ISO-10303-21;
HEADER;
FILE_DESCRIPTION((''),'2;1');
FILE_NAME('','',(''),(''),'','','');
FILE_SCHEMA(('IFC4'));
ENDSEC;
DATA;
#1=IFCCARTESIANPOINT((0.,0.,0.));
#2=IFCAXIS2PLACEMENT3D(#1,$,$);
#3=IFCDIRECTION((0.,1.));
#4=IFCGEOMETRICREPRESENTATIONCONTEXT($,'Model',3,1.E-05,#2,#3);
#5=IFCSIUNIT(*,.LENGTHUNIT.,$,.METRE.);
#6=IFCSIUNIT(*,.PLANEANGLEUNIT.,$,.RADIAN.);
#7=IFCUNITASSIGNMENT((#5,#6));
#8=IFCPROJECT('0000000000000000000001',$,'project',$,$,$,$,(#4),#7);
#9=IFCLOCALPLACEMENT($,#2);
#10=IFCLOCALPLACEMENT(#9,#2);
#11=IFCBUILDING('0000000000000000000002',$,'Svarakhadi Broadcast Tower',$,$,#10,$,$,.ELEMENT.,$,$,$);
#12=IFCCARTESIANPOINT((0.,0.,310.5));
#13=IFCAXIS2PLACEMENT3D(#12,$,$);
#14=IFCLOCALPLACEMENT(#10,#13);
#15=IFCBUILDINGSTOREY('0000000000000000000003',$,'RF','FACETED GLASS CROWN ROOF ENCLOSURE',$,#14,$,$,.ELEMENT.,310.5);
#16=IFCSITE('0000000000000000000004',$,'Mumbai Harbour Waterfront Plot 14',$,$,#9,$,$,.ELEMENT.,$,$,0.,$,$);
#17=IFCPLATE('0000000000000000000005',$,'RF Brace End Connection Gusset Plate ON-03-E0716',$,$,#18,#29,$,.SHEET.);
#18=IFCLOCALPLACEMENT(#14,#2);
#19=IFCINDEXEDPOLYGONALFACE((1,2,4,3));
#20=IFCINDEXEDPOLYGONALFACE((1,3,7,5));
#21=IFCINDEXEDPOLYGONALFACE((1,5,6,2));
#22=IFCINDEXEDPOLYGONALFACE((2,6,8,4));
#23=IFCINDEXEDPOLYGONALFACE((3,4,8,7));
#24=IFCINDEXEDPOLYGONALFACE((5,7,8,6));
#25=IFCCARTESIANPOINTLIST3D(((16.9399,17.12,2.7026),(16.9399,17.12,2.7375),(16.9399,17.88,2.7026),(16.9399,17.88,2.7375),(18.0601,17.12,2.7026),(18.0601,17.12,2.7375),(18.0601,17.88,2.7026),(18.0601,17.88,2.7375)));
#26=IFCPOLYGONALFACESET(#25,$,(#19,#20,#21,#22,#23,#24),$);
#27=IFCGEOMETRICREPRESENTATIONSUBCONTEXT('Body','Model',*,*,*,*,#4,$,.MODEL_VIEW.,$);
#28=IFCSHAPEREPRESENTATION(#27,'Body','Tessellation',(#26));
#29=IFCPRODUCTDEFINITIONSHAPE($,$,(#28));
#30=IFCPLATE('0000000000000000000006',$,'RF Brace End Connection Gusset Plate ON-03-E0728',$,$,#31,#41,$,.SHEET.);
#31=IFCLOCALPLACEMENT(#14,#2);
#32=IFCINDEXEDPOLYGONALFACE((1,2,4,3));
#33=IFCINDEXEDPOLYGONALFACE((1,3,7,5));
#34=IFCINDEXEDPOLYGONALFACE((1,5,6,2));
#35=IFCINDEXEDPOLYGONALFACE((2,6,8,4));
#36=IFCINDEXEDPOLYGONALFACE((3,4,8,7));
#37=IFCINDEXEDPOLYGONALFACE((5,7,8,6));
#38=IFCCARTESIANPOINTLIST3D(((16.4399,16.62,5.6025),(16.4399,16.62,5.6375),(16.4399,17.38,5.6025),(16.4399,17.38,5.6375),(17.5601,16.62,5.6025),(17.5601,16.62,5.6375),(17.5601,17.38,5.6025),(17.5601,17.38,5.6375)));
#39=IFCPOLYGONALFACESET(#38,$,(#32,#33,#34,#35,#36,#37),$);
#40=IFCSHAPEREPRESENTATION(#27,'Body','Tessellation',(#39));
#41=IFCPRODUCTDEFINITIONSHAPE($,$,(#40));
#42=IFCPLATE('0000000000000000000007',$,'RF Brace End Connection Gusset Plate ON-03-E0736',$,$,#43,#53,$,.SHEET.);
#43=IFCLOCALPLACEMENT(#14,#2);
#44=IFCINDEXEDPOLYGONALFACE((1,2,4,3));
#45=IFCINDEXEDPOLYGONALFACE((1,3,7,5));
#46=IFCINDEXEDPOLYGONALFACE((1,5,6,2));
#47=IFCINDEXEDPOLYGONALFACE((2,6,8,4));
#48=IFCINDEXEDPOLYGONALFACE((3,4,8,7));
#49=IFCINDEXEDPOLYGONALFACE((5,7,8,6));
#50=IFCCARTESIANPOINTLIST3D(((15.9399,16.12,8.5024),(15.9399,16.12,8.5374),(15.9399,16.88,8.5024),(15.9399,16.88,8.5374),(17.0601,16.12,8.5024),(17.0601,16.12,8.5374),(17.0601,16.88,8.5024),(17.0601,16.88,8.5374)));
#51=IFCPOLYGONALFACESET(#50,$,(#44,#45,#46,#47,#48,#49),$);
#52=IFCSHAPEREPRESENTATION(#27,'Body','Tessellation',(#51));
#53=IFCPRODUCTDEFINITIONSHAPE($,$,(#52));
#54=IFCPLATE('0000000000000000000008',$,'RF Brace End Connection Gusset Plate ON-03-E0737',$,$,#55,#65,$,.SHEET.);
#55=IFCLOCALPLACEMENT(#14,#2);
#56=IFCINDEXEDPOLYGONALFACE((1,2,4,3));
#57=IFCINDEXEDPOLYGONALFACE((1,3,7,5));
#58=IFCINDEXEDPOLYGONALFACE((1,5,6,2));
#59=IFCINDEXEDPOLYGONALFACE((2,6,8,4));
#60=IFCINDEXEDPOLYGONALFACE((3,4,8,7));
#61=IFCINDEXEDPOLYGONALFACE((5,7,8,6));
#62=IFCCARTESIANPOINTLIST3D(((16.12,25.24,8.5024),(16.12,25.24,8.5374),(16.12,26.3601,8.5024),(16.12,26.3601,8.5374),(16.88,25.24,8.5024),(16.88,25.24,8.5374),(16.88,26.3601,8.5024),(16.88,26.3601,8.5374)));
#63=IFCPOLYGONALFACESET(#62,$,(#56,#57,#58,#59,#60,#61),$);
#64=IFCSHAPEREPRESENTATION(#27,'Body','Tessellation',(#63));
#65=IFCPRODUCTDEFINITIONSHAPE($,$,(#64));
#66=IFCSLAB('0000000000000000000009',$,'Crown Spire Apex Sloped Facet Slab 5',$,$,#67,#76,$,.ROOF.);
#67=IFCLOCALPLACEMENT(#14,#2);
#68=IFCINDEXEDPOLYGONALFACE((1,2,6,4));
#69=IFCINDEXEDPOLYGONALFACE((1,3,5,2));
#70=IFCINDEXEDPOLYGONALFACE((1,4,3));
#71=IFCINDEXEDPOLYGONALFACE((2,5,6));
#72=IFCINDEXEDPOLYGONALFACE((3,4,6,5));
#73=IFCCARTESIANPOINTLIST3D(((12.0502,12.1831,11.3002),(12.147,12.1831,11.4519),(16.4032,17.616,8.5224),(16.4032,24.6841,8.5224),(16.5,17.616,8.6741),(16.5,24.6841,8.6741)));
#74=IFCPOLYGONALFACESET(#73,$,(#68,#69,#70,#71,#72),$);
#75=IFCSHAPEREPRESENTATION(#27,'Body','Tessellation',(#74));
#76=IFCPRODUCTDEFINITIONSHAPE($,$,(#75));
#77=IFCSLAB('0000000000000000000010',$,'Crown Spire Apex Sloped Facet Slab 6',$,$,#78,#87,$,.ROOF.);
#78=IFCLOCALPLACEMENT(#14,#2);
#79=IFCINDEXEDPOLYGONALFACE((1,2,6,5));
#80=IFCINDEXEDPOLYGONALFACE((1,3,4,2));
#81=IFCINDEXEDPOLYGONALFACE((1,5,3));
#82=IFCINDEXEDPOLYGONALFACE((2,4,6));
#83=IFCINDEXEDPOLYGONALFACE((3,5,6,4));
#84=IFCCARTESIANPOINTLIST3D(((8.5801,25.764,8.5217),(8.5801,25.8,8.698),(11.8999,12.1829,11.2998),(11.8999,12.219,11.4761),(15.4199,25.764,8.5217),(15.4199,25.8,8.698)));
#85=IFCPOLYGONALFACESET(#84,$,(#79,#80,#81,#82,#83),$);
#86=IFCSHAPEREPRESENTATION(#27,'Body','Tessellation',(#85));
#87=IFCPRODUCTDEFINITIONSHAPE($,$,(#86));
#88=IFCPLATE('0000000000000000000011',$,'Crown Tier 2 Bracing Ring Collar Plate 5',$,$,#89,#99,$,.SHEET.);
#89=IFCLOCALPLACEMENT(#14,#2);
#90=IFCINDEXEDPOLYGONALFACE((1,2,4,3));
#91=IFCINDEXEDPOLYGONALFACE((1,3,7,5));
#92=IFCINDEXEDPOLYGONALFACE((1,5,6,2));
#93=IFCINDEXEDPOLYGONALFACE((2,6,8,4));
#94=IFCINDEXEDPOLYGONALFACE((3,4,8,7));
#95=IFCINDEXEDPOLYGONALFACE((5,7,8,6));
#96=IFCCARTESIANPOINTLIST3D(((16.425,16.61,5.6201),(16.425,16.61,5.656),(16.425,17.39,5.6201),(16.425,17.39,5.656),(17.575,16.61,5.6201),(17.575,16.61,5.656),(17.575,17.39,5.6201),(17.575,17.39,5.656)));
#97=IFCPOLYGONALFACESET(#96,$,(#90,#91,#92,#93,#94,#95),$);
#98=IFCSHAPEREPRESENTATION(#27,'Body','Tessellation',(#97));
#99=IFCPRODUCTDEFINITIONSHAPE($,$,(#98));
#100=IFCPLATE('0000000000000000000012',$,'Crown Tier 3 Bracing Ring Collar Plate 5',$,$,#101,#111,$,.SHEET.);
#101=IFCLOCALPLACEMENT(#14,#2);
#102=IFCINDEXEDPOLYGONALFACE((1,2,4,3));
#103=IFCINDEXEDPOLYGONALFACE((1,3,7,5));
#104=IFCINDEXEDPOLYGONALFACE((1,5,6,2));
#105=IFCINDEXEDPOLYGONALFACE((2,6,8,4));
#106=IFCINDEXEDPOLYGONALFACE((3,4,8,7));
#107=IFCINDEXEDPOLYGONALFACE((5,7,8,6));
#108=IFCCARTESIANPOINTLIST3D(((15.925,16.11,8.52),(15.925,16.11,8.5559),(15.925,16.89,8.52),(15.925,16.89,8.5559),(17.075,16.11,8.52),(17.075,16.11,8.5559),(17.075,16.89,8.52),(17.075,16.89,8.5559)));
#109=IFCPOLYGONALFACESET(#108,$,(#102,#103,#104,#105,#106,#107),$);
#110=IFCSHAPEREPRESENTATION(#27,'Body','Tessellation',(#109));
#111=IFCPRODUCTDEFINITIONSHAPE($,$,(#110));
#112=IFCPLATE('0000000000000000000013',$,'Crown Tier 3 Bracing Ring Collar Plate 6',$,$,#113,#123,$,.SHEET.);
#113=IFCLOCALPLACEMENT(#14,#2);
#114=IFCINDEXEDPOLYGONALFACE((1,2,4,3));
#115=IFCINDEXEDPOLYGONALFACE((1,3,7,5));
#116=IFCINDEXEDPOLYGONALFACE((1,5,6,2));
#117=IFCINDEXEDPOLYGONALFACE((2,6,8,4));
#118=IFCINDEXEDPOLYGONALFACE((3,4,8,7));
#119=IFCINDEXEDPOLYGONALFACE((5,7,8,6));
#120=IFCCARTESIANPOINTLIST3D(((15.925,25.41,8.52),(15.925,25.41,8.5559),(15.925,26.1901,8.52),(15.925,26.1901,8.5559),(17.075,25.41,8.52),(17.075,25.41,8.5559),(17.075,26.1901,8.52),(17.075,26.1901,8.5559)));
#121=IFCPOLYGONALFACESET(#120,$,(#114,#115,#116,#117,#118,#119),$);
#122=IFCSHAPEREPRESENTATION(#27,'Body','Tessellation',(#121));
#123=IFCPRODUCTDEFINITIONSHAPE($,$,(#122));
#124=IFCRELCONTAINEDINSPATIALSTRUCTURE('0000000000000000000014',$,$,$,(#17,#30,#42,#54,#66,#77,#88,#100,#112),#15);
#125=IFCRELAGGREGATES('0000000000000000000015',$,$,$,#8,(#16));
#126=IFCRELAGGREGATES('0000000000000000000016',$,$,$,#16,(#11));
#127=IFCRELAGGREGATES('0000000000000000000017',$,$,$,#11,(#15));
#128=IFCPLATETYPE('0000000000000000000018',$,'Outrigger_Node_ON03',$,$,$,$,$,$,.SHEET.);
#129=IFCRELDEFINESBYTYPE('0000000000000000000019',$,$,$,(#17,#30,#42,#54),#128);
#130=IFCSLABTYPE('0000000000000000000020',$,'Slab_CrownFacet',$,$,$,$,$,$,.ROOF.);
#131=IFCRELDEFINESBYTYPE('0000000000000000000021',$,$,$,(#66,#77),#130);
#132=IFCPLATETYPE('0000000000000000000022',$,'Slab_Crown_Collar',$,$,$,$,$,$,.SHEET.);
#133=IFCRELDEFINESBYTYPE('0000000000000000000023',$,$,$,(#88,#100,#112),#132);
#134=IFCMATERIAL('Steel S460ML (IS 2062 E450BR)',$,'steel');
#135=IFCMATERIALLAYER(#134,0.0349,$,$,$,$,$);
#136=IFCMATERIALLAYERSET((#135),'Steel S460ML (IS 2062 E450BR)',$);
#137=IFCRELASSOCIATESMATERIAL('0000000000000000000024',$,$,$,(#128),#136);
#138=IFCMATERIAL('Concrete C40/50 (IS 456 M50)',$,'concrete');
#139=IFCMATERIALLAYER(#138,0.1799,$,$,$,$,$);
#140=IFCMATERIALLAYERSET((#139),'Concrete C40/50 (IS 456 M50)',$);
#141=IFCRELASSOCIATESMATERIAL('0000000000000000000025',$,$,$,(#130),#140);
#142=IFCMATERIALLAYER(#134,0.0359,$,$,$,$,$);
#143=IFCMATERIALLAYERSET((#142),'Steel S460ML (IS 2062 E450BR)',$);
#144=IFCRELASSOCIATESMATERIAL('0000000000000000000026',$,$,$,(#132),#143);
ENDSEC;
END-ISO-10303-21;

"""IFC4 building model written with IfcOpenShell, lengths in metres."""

from ifc_helpers import new_model, si_unit, direction, frame, origin, origin_2d, place, context, subcontext, project, spatial, polyline, rectangle, outline, extrude, material, layer, layer_set, type_object, element, save


model = new_model("IFC4")

# Units and contexts
model_context = context("Model", 3, precision=1e-05, world=origin(), true_north=direction((0.0, 1.0)))
body_context = subcontext(model_context, "Body", "Model", "MODEL_VIEW")
ifc_project = project(units=[si_unit("LENGTHUNIT", "METRE"), si_unit("PLANEANGLEUNIT", "RADIAN")], contexts=[model_context])

# Site, building, storey
site_placement = place(None, origin())
site = spatial("IfcSite", under=ifc_project, at=site_placement, Name="Mumbai Harbour Waterfront Plot 14", CompositionType="ELEMENT", RefElevation=0.0)
building_placement = place(site_placement, origin())
building = spatial("IfcBuilding", under=site, at=building_placement, Name="Svarakhadi Broadcast Tower", CompositionType="ELEMENT")
storey_placement = place(building_placement, frame((0.0, 0.0, 310.5)))
storey = spatial("IfcBuildingStorey", under=building, at=storey_placement, Name="RF", Description="FACETED GLASS CROWN ROOF ENCLOSURE", CompositionType="ELEMENT", Elevation=310.5)

# Shared definitions
ifc_material_1 = material(Name="Steel S460ML (IS 2062 E450BR)", Category="steel")

# Plates
ifc_layer_1 = layer(ifc_material_1, 0.0349)
ifc_layer_set_1 = layer_set([ifc_layer_1], Name="Steel S460ML (IS 2062 E450BR)")
plate_type_1 = type_object("IfcPlateType", Name="Outrigger_Node_ON03", PredefinedType="SHEET", material=ifc_layer_set_1)
for number, where, z_axis, x_axis, name in (
    (1, (17.5, 17.5, 2.7026), (0.0, 0.0, 1.0), (1.0, 0.0, 0.0), "RF Brace End Connection Gusset Plate ON-03-E0716"),
    (2, (17.0, 17.0, 5.6025), (0.0, 0.0, 1.0), (1.0, 0.0, 0.0), "RF Brace End Connection Gusset Plate ON-03-E0728"),
    (3, (16.5, 16.5, 8.5024), (0.0, 0.0, 1.0), (1.0, 0.0, 0.0), "RF Brace End Connection Gusset Plate ON-03-E0736"),
    (4, (16.5, 25.8, 8.5024), (0.0, 0.0, 1.0), (0.0, 1.0, 0.0), "RF Brace End Connection Gusset Plate ON-03-E0737"),
):
    element("IfcPlate", number, at=place(storey_placement, frame(where, z_axis=z_axis, x_axis=x_axis)), inside=storey, type_object=plate_type_1, Name=name, PredefinedType="SHEET", context=body_context, shape_type="SweptSolid", body=[
        extrude(rectangle(XDim=1.1201, YDim=0.76, at=origin_2d()), origin(), (0.0, 0.0, 1.0), 0.0349),
    ])

# Slabs
ifc_material_2 = material(Name="Concrete C40/50 (IS 456 M50)", Category="concrete")
ifc_layer_2 = layer(ifc_material_2, 0.1799)
ifc_layer_set_2 = layer_set([ifc_layer_2], Name="Concrete C40/50 (IS 456 M50)")
slab_type = type_object("IfcSlabType", Name="Slab_CrownFacet", PredefinedType="ROOF", material=ifc_layer_set_2)
slab_1_placement = place(storey_placement, frame((16.5, 17.616, 8.6741), z_axis=(0.53794, 0.0, 0.842983), x_axis=(0.0, 1.0, 0.0)))
element("IfcSlab", 5, at=slab_1_placement, inside=storey, type_object=slab_type, Name="Crown Spire Apex Sloped Facet Slab 5", PredefinedType="ROOF", context=body_context, shape_type="SweptSolid", body=[
    extrude(outline(polyline([(0.0, 0.0), (7.0681, 0.0), (-5.4329, 5.1638), (0.0, 0.0)])), origin(), (0.0, 0.0, -1.0), 0.1799),
])
slab_2_placement = place(storey_placement, frame((15.4199, 25.8, 8.698), z_axis=(0.0, 0.200405, 0.979713), x_axis=(-1.0, 0.0, 0.0)))
element("IfcSlab", 6, at=slab_2_placement, inside=storey, type_object=slab_type, Name="Crown Spire Apex Sloped Facet Slab 6", PredefinedType="ROOF", context=body_context, shape_type="SweptSolid", body=[
    extrude(outline(polyline([(0.0, 0.0), (6.8398, 0.0), (3.52, 13.8623), (0.0, 0.0)])), origin(), (0.0, 0.0, -1.0), 0.1799),
])

# Plates
ifc_layer_3 = layer(ifc_material_1, 0.0359)
ifc_layer_set_3 = layer_set([ifc_layer_3], Name="Steel S460ML (IS 2062 E450BR)")
plate_type_2 = type_object("IfcPlateType", Name="Slab_Crown_Collar", PredefinedType="SHEET", material=ifc_layer_set_3)
for number, where, z_axis, x_axis, name in (
    (7, (17.0, 17.0, 5.6201), (0.0, 0.0, 1.0), (1.0, 0.0, 0.0), "Crown Tier 2 Bracing Ring Collar Plate 5"),
    (8, (16.5, 16.5, 8.52), (0.0, 0.0, 1.0), (1.0, 0.0, 0.0), "Crown Tier 3 Bracing Ring Collar Plate 5"),
    (9, (16.5, 25.8, 8.52), (0.0, 0.0, 1.0), (1.0, 0.0, 0.0), "Crown Tier 3 Bracing Ring Collar Plate 6"),
):
    element("IfcPlate", number, at=place(storey_placement, frame(where, z_axis=z_axis, x_axis=x_axis)), inside=storey, type_object=plate_type_2, Name=name, PredefinedType="SHEET", context=body_context, shape_type="SweptSolid", body=[
        extrude(rectangle(XDim=1.1499, YDim=0.78, at=origin_2d()), origin(), (0.0, 0.0, 1.0), 0.0359),
    ])

save(model, "model.ifc")
